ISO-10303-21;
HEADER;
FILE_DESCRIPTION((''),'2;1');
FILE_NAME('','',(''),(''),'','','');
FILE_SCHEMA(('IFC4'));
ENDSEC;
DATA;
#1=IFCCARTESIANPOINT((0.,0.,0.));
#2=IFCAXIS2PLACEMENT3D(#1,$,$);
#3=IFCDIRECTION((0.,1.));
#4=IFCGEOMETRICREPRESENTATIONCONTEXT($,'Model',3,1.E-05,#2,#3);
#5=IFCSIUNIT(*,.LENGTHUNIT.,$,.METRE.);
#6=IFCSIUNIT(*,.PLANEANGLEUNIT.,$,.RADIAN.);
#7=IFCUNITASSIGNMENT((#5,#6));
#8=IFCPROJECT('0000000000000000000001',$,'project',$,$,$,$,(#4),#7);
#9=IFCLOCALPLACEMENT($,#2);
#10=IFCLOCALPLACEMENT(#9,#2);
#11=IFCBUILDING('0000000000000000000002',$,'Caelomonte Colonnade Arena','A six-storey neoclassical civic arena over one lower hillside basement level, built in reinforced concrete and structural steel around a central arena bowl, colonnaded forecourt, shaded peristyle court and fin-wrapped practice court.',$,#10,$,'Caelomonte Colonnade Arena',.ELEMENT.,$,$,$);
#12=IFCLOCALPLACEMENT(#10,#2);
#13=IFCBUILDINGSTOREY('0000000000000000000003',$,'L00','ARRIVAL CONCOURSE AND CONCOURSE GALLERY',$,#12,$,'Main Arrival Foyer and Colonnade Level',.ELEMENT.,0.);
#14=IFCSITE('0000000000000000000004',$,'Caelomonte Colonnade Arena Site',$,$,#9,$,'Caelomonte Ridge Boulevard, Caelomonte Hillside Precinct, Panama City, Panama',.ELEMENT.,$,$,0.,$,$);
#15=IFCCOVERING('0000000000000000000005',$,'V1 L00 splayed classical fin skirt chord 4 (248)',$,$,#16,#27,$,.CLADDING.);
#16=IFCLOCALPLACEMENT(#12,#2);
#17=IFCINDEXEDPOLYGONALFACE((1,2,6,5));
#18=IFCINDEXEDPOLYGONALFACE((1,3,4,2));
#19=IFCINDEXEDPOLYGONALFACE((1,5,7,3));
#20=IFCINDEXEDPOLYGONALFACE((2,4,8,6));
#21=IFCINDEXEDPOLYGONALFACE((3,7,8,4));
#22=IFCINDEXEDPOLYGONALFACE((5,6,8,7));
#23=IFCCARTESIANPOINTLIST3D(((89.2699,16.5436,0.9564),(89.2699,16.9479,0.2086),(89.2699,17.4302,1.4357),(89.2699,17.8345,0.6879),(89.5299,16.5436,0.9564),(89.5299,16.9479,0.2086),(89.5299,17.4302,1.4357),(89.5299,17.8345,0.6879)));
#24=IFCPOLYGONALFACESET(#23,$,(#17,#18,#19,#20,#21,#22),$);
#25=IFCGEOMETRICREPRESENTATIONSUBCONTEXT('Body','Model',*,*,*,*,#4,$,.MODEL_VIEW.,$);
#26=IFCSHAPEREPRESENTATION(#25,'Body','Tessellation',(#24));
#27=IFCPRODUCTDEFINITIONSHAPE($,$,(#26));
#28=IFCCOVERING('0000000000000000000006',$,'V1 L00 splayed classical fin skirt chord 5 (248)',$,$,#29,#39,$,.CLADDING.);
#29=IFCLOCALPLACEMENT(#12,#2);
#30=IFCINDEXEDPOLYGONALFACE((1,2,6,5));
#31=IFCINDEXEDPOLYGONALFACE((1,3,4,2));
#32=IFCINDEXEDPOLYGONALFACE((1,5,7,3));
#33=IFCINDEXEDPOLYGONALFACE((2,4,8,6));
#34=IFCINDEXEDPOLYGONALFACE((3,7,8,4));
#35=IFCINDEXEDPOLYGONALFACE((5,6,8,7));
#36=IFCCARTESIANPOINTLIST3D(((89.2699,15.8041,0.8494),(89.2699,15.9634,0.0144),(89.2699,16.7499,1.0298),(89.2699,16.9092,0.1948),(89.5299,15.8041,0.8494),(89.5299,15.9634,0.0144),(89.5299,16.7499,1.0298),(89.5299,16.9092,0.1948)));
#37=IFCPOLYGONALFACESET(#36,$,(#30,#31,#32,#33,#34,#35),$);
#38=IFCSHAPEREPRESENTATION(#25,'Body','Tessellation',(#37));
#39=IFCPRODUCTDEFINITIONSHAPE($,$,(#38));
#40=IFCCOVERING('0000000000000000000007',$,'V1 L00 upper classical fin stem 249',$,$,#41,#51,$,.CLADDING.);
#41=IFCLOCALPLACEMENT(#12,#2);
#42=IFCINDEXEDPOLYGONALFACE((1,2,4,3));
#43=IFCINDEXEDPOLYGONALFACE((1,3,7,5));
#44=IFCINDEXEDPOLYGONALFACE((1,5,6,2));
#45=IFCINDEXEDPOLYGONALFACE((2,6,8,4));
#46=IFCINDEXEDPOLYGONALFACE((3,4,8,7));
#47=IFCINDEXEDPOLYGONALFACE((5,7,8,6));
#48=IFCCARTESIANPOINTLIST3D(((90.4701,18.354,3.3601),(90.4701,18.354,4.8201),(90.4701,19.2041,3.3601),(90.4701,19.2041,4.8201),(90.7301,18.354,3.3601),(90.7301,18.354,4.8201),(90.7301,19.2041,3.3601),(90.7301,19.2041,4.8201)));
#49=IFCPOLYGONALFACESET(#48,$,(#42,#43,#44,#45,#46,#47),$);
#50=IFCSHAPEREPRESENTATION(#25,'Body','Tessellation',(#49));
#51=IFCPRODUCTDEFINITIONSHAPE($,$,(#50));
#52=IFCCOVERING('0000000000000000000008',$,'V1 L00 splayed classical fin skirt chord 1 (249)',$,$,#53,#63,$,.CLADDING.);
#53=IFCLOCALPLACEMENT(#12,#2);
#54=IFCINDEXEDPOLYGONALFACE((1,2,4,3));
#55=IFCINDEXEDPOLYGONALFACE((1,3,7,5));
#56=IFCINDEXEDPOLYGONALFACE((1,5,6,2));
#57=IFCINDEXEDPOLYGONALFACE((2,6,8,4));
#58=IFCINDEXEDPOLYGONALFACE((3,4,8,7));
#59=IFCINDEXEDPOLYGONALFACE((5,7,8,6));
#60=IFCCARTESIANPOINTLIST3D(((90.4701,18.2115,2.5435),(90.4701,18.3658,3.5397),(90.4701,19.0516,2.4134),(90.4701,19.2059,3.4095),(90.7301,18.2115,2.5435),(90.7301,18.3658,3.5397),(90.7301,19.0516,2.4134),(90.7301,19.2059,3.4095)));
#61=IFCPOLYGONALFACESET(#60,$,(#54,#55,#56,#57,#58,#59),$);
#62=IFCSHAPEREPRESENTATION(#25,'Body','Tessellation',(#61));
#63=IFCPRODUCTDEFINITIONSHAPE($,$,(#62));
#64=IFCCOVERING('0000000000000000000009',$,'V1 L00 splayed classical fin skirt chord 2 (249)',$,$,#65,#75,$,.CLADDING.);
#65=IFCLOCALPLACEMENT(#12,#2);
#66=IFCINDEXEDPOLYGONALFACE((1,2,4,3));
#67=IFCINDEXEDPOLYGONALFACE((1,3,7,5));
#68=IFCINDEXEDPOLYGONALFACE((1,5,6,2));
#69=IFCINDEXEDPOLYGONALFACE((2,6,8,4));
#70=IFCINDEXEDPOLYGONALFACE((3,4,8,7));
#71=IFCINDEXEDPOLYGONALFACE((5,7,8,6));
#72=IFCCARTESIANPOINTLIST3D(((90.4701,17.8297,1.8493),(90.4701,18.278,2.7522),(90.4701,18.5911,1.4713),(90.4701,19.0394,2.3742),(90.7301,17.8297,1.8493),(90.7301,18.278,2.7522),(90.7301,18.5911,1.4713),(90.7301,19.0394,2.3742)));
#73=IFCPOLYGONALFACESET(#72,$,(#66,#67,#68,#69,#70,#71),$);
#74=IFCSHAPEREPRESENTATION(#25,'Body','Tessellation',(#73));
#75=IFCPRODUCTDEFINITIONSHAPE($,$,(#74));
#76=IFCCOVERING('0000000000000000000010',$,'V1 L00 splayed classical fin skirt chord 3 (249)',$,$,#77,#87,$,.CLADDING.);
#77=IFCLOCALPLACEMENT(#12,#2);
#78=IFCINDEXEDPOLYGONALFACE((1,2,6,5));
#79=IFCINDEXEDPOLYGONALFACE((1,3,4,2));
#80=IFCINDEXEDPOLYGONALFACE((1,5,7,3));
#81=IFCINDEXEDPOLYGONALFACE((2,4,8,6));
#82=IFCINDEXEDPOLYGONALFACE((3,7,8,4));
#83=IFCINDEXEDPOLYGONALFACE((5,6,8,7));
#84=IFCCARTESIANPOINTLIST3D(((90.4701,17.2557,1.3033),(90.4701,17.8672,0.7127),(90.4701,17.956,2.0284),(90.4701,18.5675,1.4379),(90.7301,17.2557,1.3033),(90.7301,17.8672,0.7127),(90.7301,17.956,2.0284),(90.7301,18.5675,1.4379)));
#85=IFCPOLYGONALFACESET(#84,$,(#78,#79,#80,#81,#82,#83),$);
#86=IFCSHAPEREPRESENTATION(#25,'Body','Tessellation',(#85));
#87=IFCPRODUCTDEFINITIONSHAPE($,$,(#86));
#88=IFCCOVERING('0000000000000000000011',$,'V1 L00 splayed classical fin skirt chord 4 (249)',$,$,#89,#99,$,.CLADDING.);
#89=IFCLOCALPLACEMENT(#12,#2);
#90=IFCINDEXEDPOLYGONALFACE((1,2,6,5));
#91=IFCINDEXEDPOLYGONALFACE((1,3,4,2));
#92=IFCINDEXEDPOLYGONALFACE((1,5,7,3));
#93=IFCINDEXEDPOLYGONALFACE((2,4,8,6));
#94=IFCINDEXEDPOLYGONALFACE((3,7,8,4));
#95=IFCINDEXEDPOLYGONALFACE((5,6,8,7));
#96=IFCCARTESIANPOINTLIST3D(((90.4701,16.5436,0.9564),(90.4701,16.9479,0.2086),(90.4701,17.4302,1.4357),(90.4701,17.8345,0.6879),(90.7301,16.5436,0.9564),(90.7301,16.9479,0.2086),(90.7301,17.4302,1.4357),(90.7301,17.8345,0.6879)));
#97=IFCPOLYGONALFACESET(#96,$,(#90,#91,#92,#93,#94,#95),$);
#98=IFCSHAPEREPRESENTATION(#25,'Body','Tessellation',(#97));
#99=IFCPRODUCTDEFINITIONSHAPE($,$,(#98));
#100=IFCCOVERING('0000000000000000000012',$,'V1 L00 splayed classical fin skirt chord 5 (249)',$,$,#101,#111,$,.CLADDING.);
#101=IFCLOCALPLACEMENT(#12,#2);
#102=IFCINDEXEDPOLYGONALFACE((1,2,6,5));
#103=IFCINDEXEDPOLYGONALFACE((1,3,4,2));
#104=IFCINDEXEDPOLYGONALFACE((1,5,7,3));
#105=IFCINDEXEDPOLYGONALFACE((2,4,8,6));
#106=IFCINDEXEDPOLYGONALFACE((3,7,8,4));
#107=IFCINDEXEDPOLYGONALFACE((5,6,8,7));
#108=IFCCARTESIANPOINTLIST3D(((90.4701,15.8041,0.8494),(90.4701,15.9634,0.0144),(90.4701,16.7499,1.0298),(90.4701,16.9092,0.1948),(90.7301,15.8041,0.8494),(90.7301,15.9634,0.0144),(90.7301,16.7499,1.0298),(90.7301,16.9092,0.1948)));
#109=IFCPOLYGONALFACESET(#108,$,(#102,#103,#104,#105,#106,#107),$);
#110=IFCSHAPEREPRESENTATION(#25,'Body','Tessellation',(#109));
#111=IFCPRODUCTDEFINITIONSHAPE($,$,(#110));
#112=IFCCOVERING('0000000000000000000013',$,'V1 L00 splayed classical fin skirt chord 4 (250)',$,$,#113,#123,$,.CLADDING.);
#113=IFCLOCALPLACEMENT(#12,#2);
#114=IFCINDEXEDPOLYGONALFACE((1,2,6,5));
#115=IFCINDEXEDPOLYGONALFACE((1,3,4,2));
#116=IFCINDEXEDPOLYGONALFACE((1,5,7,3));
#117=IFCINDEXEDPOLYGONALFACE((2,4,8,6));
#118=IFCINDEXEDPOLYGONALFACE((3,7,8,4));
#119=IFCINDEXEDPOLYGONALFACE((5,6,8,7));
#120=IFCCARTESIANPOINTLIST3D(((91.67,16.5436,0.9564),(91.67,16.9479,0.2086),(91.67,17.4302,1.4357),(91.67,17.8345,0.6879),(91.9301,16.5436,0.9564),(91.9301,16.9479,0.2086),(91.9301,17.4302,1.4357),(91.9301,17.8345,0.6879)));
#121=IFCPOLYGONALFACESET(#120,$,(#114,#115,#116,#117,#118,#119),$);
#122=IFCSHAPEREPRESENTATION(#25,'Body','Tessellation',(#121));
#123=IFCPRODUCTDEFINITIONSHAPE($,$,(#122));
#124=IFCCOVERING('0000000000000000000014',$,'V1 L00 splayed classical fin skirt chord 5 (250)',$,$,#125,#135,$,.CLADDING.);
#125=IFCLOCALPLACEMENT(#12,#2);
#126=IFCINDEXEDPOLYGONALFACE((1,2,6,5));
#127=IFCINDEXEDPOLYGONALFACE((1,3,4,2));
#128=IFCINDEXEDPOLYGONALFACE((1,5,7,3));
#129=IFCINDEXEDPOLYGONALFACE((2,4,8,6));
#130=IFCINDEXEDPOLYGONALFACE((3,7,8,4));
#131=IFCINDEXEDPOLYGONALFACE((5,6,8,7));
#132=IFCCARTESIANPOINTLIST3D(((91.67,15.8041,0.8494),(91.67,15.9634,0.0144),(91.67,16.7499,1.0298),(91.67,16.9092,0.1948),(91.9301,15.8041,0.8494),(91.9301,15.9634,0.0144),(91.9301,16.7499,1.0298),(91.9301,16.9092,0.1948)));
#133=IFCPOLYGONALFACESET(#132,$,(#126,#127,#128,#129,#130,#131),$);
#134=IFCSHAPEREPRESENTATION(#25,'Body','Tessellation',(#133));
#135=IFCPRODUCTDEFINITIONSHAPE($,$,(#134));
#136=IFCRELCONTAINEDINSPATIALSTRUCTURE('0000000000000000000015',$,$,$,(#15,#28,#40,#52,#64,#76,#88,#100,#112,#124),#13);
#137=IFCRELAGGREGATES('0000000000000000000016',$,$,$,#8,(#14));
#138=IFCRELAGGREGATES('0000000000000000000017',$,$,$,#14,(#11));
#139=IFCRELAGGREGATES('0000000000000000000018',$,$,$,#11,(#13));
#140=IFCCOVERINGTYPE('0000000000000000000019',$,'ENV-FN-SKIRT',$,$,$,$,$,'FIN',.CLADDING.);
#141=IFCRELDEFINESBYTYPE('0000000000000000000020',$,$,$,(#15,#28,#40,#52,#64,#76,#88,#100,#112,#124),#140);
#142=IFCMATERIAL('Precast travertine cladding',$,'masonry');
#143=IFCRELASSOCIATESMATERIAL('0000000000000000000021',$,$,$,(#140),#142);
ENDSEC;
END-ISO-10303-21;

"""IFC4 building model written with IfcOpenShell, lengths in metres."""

from ifc_helpers import new_model, si_unit, direction, frame, origin, origin_2d, place, context, subcontext, project, spatial, rectangle, extrude, material, material_profile, profile_set, type_object, element, save


model = new_model("IFC4")

# Units and contexts
model_context = context("Model", 3, precision=1e-05, world=origin(), true_north=direction((0.0, 1.0)))
body_context = subcontext(model_context, "Body", "Model", "MODEL_VIEW")
ifc_project = project(units=[si_unit("LENGTHUNIT", "METRE"), si_unit("PLANEANGLEUNIT", "RADIAN")], contexts=[model_context])

# Site, building, storey
site_placement = place(None, origin())
site = spatial("IfcSite", under=ifc_project, at=site_placement, Name="Caelomonte Colonnade Arena Site", LongName="Caelomonte Ridge Boulevard, Caelomonte Hillside Precinct, Panama City, Panama", CompositionType="ELEMENT", RefElevation=0.0)
building_placement = place(site_placement, origin())
building = spatial("IfcBuilding", under=site, at=building_placement, Name="Caelomonte Colonnade Arena", Description="A six-storey neoclassical civic arena over one lower hillside basement level, built in reinforced concrete and structural steel around a central arena bowl, colonnaded forecourt, shaded peristyle court and fin-wrapped practice court.", LongName="Caelomonte Colonnade Arena", CompositionType="ELEMENT")
storey_placement = place(building_placement, origin())
storey = spatial("IfcBuildingStorey", under=building, at=storey_placement, Name="L00", Description="ARRIVAL CONCOURSE AND CONCOURSE GALLERY", LongName="Main Arrival Foyer and Colonnade Level", CompositionType="ELEMENT", Elevation=0.0)

# Coverings
ifc_material = material(Name="Precast travertine cladding", Category="masonry")
ifc_material_profile = material_profile(ifc_material, rectangle(XDim=0.26, YDim=0.8501, at=origin_2d()), Name="FIN260X850")
ifc_profile_set = profile_set([ifc_material_profile], Name="Precast travertine cladding")
covering_type = type_object("IfcCoveringType", Name="ENV-FN-SKIRT", ElementType="FIN", PredefinedType="CLADDING", material=ifc_profile_set)
covering_1_placement = place(storey_placement, frame((89.3999, 17.6323, 1.0618), z_axis=(0.0, -0.879676, -0.475573), x_axis=(-1.0, 0.0, 0.0)))
element("IfcCovering", 1, at=covering_1_placement, inside=storey, type_object=covering_type, Name="V1 L00 splayed classical fin skirt chord 4 (248)", PredefinedType="CLADDING", context=body_context, shape_type="SweptSolid", body=[
    extrude(rectangle(XDim=0.26, YDim=0.8501, at=origin_2d()), origin(), (0.0, 0.0, 1.0), 1.0078),
])
covering_2_placement = place(storey_placement, frame((89.3999, 16.8296, 0.6123), z_axis=(0.0, -0.982287, -0.18738), x_axis=(-1.0, 0.0, 0.0)))
element("IfcCovering", 2, at=covering_2_placement, inside=storey, type_object=covering_type, Name="V1 L00 splayed classical fin skirt chord 5 (248)", PredefinedType="CLADDING", context=body_context, shape_type="SweptSolid", body=[
    extrude(rectangle(XDim=0.26, YDim=0.8501, at=origin_2d()), origin(), (0.0, 0.0, 1.0), 0.9629),
])
covering_3_placement = place(storey_placement, frame((90.6001, 18.7791, 3.3601), z_axis=(0.0, 0.0, 1.0), x_axis=(-1.0, 0.0, 0.0)))
element("IfcCovering", 3, at=covering_3_placement, inside=storey, type_object=covering_type, Name="V1 L00 upper classical fin stem 249", PredefinedType="CLADDING", context=body_context, shape_type="SweptSolid", body=[
    extrude(rectangle(XDim=0.26, YDim=0.8501, at=origin_2d()), origin(), (0.0, 0.0, 1.0), 1.46),
])
for number, where, z_axis, x_axis, name in (
    (4, (90.6001, 18.7859, 3.4746), (0.0, -0.153076, -0.988214), (-1.0, 0.0, 0.0), "V1 L00 splayed classical fin skirt chord 1 (249)"),
    (5, (90.6001, 18.6587, 2.5632), (0.0, -0.444693, -0.895683), (-1.0, 0.0, 0.0), "V1 L00 splayed classical fin skirt chord 2 (249)"),
    (6, (90.6001, 18.2617, 1.7332), (0.0, -0.694646, -0.719351), (-1.0, 0.0, 0.0), "V1 L00 splayed classical fin skirt chord 3 (249)"),
):
    element("IfcCovering", number, at=place(storey_placement, frame(where, z_axis=z_axis, x_axis=x_axis)), inside=storey, type_object=covering_type, Name=name, PredefinedType="CLADDING", context=body_context, shape_type="SweptSolid", body=[
        extrude(rectangle(XDim=0.26, YDim=0.8501, at=origin_2d()), origin(), (0.0, 0.0, 1.0), 1.0081),
    ])
covering_4_placement = place(storey_placement, frame((90.6001, 17.6323, 1.0618), z_axis=(0.0, -0.879676, -0.475573), x_axis=(-1.0, 0.0, 0.0)))
element("IfcCovering", 7, at=covering_4_placement, inside=storey, type_object=covering_type, Name="V1 L00 splayed classical fin skirt chord 4 (249)", PredefinedType="CLADDING", context=body_context, shape_type="SweptSolid", body=[
    extrude(rectangle(XDim=0.26, YDim=0.8501, at=origin_2d()), origin(), (0.0, 0.0, 1.0), 1.0078),
])
covering_5_placement = place(storey_placement, frame((90.6001, 16.8296, 0.6123), z_axis=(0.0, -0.982287, -0.18738), x_axis=(-1.0, 0.0, 0.0)))
element("IfcCovering", 8, at=covering_5_placement, inside=storey, type_object=covering_type, Name="V1 L00 splayed classical fin skirt chord 5 (249)", PredefinedType="CLADDING", context=body_context, shape_type="SweptSolid", body=[
    extrude(rectangle(XDim=0.26, YDim=0.8501, at=origin_2d()), origin(), (0.0, 0.0, 1.0), 0.9629),
])
covering_6_placement = place(storey_placement, frame((91.8, 17.6323, 1.0618), z_axis=(0.0, -0.879676, -0.475573), x_axis=(-1.0, 0.0, 0.0)))
element("IfcCovering", 9, at=covering_6_placement, inside=storey, type_object=covering_type, Name="V1 L00 splayed classical fin skirt chord 4 (250)", PredefinedType="CLADDING", context=body_context, shape_type="SweptSolid", body=[
    extrude(rectangle(XDim=0.26, YDim=0.8501, at=origin_2d()), origin(), (0.0, 0.0, 1.0), 1.0078),
])
covering_7_placement = place(storey_placement, frame((91.8, 16.8296, 0.6123), z_axis=(0.0, -0.982287, -0.18738), x_axis=(-1.0, 0.0, 0.0)))
element("IfcCovering", 10, at=covering_7_placement, inside=storey, type_object=covering_type, Name="V1 L00 splayed classical fin skirt chord 5 (250)", PredefinedType="CLADDING", context=body_context, shape_type="SweptSolid", body=[
    extrude(rectangle(XDim=0.26, YDim=0.8501, at=origin_2d()), origin(), (0.0, 0.0, 1.0), 0.9629),
])

save(model, "model.ifc")
